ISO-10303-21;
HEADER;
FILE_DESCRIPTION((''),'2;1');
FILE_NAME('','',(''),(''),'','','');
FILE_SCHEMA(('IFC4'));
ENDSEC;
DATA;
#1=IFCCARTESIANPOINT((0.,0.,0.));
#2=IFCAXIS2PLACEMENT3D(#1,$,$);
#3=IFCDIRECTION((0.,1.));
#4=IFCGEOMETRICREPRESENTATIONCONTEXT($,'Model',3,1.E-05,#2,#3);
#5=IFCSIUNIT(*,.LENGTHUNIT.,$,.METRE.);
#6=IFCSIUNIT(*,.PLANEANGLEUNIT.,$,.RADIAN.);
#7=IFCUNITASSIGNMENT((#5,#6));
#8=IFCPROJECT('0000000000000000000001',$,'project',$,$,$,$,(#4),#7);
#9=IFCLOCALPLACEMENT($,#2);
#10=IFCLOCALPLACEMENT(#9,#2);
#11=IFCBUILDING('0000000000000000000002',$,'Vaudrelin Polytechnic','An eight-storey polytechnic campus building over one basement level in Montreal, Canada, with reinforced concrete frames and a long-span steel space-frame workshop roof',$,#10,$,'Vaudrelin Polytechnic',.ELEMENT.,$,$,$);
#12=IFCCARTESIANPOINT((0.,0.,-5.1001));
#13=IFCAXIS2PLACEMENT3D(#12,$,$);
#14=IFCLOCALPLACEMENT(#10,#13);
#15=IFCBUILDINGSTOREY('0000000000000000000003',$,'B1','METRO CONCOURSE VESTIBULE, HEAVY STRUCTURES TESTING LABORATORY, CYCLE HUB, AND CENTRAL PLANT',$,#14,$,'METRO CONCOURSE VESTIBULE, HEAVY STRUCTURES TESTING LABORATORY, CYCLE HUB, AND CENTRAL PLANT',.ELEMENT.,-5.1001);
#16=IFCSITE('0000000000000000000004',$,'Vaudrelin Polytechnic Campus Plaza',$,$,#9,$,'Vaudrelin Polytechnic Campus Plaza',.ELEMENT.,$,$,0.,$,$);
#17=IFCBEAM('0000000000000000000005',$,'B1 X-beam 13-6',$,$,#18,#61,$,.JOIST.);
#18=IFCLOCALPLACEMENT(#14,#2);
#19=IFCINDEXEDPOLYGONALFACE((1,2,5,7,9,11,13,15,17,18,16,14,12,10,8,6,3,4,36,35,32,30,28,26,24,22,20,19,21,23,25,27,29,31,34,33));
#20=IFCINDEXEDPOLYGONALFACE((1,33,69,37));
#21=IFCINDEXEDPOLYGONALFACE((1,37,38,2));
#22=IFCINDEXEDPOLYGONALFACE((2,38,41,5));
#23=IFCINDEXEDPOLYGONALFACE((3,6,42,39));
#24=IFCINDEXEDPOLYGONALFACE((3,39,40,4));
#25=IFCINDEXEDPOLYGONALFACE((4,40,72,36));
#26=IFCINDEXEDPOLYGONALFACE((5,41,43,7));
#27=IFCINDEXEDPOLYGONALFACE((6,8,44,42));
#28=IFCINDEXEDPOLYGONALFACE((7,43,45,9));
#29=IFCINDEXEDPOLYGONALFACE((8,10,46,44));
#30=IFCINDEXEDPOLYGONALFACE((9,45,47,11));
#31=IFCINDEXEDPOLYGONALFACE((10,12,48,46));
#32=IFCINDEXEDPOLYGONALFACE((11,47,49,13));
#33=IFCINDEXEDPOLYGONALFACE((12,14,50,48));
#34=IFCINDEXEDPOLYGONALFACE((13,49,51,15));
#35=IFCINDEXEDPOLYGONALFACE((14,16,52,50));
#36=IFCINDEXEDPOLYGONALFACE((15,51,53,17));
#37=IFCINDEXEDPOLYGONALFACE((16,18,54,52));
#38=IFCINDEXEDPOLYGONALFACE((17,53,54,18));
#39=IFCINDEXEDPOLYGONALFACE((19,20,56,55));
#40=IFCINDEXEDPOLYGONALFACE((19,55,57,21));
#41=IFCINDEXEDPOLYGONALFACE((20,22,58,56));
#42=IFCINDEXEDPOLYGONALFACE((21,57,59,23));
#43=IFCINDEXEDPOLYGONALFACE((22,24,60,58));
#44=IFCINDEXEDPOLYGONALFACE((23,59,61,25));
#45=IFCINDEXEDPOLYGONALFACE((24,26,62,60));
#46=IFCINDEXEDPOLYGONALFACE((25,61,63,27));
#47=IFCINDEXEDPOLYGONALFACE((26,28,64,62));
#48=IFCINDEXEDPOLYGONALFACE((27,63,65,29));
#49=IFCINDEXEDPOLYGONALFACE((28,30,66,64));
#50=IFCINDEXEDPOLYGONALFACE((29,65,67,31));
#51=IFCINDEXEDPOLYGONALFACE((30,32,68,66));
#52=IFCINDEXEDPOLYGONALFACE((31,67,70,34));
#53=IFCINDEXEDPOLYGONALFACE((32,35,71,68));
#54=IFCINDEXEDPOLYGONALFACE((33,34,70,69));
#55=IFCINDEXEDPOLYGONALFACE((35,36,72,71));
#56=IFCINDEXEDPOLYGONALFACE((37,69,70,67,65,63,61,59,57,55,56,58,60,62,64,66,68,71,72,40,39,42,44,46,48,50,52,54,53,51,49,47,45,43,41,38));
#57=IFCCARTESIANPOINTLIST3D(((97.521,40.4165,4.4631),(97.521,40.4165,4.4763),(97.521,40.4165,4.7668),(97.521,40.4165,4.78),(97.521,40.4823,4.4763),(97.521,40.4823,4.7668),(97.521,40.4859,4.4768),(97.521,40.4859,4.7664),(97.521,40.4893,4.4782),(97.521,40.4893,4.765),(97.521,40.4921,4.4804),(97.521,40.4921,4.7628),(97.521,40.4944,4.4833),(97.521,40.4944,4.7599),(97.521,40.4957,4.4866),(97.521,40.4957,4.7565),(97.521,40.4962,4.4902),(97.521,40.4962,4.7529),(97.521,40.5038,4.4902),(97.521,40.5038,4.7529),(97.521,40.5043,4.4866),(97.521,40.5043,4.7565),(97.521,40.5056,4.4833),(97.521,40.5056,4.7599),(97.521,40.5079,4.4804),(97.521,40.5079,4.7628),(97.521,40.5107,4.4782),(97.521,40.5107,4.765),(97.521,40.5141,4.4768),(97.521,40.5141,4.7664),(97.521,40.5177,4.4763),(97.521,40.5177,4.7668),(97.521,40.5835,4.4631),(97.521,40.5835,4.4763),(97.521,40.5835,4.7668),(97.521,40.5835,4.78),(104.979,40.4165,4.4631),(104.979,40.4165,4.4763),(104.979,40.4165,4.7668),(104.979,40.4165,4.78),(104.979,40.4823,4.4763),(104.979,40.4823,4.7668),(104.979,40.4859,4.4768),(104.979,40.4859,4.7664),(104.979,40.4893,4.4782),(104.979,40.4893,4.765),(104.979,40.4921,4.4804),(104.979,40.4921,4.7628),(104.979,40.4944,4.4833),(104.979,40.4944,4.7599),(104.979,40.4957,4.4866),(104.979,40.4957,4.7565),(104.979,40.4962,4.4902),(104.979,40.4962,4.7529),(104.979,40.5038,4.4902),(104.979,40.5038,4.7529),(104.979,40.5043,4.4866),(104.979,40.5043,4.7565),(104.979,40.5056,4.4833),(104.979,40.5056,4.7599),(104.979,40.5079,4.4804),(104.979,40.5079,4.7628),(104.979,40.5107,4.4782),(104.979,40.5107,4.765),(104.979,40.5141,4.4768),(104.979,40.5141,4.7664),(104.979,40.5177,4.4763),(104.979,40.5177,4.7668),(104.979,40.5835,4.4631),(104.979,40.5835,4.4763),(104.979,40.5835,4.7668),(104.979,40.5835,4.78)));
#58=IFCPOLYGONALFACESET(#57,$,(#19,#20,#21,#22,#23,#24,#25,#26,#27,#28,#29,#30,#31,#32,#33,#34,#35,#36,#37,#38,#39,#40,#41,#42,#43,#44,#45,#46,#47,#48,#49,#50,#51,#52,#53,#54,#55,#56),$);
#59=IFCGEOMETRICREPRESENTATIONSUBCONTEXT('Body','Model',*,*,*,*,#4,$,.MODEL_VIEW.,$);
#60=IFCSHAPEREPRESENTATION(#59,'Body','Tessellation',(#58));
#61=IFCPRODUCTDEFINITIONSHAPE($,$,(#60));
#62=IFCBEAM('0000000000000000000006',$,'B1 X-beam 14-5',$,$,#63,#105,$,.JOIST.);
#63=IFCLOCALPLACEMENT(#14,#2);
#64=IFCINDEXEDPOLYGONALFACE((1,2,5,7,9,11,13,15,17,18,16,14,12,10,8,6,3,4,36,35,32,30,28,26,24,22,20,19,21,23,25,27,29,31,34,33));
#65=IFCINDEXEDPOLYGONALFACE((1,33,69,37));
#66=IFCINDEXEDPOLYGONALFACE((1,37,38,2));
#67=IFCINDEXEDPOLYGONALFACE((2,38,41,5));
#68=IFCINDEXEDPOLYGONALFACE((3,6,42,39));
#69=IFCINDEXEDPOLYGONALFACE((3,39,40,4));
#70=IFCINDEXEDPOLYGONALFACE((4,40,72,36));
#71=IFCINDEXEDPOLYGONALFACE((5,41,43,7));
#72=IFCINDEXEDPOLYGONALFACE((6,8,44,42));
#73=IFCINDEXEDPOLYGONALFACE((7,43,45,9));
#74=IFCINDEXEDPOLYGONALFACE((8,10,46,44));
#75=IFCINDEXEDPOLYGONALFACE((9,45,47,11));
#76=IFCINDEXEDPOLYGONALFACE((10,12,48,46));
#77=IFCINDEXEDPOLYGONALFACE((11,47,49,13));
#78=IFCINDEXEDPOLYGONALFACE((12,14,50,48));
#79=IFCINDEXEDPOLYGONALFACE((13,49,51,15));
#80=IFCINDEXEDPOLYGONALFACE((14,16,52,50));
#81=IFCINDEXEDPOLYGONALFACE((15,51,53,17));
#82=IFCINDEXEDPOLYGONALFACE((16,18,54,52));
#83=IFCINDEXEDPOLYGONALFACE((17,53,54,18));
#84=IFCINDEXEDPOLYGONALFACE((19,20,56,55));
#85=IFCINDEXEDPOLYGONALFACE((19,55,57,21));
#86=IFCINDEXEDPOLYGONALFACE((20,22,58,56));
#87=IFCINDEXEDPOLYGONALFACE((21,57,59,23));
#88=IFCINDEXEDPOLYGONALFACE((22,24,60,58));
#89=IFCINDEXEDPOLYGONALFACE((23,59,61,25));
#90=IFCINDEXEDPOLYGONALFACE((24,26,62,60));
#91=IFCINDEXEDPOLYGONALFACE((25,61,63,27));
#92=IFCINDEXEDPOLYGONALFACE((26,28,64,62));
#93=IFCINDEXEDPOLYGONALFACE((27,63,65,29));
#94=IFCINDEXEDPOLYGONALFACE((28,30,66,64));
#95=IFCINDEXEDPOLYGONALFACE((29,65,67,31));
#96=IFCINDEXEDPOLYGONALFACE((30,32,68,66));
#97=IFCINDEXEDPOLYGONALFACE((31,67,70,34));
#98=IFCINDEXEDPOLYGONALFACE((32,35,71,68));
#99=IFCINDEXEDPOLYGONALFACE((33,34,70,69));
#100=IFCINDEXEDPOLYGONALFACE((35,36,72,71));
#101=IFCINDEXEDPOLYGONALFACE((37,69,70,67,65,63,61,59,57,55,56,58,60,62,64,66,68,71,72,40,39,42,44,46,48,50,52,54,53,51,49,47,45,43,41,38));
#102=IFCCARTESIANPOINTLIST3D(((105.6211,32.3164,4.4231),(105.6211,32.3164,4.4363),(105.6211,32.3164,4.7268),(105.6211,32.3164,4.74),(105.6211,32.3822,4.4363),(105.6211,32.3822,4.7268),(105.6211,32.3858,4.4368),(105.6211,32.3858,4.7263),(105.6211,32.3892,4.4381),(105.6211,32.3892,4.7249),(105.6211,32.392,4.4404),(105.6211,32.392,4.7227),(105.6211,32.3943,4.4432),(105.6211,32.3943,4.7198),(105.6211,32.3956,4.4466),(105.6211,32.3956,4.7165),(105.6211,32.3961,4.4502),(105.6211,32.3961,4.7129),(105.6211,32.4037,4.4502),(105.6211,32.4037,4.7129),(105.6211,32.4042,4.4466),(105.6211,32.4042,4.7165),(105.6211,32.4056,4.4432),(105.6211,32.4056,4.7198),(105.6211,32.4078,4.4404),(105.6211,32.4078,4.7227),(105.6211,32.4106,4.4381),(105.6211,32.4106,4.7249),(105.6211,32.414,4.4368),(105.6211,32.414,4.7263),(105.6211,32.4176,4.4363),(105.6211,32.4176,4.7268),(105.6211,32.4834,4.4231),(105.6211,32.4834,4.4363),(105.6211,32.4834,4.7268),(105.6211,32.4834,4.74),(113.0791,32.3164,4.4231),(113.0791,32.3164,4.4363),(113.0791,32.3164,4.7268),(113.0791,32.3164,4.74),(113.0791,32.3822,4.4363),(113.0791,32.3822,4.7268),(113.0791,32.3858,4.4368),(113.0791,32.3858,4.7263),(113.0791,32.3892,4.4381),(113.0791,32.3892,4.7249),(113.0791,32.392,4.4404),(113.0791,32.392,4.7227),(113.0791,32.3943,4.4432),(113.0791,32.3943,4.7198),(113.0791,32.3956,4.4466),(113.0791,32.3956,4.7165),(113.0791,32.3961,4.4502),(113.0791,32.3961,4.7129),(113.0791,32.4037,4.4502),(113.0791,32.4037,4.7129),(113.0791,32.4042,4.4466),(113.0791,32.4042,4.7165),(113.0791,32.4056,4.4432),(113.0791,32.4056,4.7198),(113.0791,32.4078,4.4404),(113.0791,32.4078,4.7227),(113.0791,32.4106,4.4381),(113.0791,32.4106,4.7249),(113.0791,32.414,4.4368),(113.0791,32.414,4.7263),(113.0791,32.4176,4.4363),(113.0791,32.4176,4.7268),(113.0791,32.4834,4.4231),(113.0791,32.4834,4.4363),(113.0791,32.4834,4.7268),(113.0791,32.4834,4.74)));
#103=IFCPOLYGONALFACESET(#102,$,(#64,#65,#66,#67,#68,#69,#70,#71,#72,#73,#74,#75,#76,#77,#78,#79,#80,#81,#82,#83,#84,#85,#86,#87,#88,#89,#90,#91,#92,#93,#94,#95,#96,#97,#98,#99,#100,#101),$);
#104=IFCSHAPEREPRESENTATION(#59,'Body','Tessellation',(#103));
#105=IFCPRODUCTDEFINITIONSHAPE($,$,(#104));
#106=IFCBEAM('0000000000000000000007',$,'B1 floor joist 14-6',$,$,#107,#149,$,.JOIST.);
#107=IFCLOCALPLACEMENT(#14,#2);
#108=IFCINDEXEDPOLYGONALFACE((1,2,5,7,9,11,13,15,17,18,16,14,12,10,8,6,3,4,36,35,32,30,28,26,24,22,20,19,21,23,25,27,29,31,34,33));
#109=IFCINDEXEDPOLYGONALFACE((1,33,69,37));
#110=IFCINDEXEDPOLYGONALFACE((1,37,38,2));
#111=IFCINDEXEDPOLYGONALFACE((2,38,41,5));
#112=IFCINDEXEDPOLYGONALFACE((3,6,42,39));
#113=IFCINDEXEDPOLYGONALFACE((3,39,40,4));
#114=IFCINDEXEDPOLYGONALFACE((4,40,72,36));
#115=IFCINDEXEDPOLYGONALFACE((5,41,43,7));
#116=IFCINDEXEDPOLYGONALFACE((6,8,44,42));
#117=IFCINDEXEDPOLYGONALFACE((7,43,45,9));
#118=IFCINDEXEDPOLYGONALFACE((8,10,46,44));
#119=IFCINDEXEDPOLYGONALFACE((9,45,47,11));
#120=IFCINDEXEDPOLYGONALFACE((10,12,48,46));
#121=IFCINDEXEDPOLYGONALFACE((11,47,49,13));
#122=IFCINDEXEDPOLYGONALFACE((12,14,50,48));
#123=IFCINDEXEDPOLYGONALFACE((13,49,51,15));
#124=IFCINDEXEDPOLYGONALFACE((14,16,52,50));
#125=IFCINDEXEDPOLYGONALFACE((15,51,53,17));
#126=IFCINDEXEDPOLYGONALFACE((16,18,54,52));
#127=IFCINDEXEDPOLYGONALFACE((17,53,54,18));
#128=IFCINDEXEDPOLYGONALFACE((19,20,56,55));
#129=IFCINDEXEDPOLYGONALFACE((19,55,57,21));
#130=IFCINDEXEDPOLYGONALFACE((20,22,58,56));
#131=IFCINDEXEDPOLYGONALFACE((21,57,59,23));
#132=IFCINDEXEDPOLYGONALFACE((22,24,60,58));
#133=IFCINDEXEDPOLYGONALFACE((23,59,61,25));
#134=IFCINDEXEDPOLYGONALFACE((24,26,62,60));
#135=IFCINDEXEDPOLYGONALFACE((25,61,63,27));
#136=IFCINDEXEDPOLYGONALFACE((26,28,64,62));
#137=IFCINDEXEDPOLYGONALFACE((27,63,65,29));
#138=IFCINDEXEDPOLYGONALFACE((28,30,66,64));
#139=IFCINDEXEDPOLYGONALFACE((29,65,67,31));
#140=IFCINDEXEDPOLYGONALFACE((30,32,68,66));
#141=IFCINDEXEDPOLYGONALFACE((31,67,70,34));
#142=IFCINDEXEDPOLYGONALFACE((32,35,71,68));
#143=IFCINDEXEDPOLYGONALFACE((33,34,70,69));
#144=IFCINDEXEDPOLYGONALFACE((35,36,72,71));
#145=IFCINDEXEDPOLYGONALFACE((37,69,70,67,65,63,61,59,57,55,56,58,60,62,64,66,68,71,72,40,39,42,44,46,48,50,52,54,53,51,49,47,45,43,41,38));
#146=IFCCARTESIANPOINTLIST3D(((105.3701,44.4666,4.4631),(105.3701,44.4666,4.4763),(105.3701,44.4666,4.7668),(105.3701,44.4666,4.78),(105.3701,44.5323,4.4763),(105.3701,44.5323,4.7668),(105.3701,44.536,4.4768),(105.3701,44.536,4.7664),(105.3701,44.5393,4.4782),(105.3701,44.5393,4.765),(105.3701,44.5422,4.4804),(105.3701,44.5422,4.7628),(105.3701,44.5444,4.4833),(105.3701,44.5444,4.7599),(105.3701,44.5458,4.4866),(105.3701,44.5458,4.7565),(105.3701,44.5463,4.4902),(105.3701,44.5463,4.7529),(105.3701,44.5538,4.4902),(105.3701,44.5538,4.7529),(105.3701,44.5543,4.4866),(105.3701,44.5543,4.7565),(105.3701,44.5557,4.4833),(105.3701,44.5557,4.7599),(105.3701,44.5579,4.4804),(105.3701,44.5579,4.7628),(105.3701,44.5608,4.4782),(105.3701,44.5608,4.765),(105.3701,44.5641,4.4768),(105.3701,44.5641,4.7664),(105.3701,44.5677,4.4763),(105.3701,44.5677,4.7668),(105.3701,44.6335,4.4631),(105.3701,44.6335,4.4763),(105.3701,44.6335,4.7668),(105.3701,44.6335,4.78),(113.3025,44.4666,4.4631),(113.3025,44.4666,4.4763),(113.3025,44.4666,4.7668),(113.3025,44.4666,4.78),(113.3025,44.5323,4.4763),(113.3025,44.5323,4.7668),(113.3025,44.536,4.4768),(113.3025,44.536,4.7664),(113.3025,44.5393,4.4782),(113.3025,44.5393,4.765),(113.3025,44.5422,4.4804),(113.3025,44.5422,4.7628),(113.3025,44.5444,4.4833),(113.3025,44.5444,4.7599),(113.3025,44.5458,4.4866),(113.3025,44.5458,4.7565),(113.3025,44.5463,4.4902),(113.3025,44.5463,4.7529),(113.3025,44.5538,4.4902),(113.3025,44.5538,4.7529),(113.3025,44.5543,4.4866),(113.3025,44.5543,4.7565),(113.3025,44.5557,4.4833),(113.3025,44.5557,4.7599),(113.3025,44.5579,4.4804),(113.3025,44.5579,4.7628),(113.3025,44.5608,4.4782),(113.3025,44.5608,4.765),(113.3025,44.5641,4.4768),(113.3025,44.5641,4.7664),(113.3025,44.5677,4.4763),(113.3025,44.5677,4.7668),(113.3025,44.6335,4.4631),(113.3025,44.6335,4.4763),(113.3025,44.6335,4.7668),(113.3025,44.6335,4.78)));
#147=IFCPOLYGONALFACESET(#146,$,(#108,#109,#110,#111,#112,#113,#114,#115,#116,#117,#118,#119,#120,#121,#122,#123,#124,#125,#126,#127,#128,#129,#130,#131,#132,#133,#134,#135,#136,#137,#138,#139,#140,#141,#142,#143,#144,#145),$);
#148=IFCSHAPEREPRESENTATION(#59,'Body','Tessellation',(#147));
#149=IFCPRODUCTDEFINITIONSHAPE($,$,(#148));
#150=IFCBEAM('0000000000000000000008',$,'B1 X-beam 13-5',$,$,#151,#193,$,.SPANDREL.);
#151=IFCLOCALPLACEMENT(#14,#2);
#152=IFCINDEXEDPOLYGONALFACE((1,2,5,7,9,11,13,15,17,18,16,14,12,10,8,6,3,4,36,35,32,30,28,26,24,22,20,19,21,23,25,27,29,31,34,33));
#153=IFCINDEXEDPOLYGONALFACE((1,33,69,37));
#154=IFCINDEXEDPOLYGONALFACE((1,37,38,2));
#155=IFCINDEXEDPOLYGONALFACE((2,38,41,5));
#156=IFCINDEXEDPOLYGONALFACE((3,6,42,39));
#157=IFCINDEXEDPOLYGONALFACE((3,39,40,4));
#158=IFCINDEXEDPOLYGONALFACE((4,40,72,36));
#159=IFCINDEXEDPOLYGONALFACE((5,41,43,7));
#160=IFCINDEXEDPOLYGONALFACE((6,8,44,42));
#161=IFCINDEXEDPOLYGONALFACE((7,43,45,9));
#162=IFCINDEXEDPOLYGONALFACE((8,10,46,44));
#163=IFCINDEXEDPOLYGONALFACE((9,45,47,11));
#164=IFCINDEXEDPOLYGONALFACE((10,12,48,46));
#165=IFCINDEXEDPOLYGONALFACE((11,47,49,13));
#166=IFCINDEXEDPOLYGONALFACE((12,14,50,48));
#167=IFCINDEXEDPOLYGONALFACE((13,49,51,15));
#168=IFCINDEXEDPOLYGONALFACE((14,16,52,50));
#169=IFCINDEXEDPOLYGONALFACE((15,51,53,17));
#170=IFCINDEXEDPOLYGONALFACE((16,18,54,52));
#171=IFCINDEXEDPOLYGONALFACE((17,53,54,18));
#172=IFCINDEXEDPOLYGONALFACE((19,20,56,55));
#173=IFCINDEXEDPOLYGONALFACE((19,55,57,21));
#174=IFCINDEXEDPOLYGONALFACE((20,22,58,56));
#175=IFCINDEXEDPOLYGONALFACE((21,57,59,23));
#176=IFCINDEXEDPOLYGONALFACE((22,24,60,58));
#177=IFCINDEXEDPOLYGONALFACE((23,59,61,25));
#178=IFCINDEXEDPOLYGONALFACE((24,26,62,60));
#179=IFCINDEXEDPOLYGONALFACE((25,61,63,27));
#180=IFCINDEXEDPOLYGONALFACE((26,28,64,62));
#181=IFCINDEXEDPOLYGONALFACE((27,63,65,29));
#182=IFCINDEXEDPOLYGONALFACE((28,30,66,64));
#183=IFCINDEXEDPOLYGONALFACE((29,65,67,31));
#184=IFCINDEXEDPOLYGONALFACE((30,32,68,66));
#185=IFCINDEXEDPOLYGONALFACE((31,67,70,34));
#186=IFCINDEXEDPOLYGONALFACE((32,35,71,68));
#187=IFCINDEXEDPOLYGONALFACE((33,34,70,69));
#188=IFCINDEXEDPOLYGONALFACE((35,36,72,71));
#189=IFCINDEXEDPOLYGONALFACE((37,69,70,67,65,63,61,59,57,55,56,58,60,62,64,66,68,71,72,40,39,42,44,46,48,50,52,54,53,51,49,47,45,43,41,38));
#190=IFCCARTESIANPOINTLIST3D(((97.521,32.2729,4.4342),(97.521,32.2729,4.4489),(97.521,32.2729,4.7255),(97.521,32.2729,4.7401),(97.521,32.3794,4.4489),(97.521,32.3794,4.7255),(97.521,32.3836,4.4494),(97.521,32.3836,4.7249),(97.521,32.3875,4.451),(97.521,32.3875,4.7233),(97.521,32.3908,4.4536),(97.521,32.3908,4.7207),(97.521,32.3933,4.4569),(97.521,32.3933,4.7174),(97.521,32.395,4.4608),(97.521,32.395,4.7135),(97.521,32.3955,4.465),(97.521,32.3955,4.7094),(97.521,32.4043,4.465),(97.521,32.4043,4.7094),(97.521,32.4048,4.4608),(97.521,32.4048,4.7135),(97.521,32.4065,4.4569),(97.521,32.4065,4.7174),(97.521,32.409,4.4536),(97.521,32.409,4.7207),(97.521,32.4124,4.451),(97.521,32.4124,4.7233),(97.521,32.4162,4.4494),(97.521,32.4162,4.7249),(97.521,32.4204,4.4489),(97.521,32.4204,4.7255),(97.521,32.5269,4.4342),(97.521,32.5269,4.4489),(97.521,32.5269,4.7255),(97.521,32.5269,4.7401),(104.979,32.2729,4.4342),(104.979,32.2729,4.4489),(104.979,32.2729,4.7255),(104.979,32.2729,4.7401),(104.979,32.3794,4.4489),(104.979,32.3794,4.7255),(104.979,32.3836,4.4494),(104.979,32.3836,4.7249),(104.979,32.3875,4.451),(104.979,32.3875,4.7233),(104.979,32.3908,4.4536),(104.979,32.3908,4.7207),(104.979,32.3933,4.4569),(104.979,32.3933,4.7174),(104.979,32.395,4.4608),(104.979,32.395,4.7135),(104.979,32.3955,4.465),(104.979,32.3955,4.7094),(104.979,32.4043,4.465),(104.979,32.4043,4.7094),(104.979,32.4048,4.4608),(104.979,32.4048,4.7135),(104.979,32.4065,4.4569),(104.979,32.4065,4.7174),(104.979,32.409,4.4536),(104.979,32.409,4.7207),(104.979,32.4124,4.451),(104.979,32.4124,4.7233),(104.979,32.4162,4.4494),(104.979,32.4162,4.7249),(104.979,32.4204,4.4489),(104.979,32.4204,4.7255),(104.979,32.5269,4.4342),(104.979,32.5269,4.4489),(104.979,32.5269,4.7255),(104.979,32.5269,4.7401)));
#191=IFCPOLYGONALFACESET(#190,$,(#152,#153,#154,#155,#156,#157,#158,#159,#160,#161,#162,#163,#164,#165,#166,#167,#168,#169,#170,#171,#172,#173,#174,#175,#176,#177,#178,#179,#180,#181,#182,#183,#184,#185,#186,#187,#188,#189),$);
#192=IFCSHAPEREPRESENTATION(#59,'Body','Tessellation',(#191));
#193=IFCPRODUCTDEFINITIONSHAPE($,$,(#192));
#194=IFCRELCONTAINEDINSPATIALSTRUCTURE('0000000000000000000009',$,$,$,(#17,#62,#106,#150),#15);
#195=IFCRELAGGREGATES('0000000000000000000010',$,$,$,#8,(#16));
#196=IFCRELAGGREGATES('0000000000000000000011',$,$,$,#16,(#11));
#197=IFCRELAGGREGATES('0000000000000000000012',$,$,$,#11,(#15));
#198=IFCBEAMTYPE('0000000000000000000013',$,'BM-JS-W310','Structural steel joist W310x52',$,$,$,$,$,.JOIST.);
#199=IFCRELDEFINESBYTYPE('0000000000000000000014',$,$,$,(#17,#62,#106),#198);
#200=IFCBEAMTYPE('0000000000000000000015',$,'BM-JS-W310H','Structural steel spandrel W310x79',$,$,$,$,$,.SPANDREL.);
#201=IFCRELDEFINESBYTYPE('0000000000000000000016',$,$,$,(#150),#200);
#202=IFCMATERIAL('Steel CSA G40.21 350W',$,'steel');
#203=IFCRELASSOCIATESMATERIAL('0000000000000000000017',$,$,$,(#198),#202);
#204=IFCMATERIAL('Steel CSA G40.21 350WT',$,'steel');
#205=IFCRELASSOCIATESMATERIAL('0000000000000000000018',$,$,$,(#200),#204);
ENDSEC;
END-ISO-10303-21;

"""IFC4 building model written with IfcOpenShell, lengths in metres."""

from ifc_helpers import new_model, si_unit, direction, frame, origin, origin_2d, place, context, subcontext, project, spatial, i_section, extrude, material, material_profile, profile_set, type_object, element, save


model = new_model("IFC4")

# Units and contexts
model_context = context("Model", 3, precision=1e-05, world=origin(), true_north=direction((0.0, 1.0)))
body_context = subcontext(model_context, "Body", "Model", "MODEL_VIEW")
ifc_project = project(units=[si_unit("LENGTHUNIT", "METRE"), si_unit("PLANEANGLEUNIT", "RADIAN")], contexts=[model_context])

# Site, building, storey
site_placement = place(None, origin())
site = spatial("IfcSite", under=ifc_project, at=site_placement, Name="Vaudrelin Polytechnic Campus Plaza", LongName="Vaudrelin Polytechnic Campus Plaza", CompositionType="ELEMENT", RefElevation=0.0)
building_placement = place(site_placement, origin())
building = spatial("IfcBuilding", under=site, at=building_placement, Name="Vaudrelin Polytechnic", Description="An eight-storey polytechnic campus building over one basement level in Montreal, Canada, with reinforced concrete frames and a long-span steel space-frame workshop roof", LongName="Vaudrelin Polytechnic", CompositionType="ELEMENT")
storey_placement = place(building_placement, frame((0.0, 0.0, -5.1001)))
storey = spatial("IfcBuildingStorey", under=building, at=storey_placement, Name="B1", Description="METRO CONCOURSE VESTIBULE, HEAVY STRUCTURES TESTING LABORATORY, CYCLE HUB, AND CENTRAL PLANT", LongName="METRO CONCOURSE VESTIBULE, HEAVY STRUCTURES TESTING LABORATORY, CYCLE HUB, AND CENTRAL PLANT", CompositionType="ELEMENT", Elevation=-5.1001)

# Shared definitions
ifc_material_1 = material(Name="Steel CSA G40.21 350WT", Category="steel")

# Beams
ifc_material_2 = material(Name="Steel CSA G40.21 350W", Category="steel")
ifc_material_profile_1 = material_profile(ifc_material_2, i_section(OverallWidth=0.167, OverallDepth=0.3169, WebThickness=0.0076, FlangeThickness=0.0132, FilletRadius=0.0139, at=origin_2d()), Name="W310x52")
ifc_profile_set_1 = profile_set([ifc_material_profile_1], Name="Steel CSA G40.21 350W")
beam_type_1 = type_object("IfcBeamType", Name="BM-JS-W310", Description="Structural steel joist W310x52", PredefinedType="JOIST", material=ifc_profile_set_1)
for number, where, z_axis, x_axis, name in (
    (1, (97.521, 40.5, 4.6216), (1.0, 0.0, 0.0), (0.0, 1.0, 0.0), "B1 X-beam 13-6"),
    (2, (105.6211, 32.3999, 4.5815), (1.0, 0.0, 0.0), (0.0, 1.0, 0.0), "B1 X-beam 14-5"),
):
    element("IfcBeam", number, at=place(storey_placement, frame(where, z_axis=z_axis, x_axis=x_axis)), inside=storey, type_object=beam_type_1, Name=name, PredefinedType="JOIST", context=body_context, shape_type="SweptSolid", body=[
        extrude(i_section(OverallWidth=0.167, OverallDepth=0.3169, WebThickness=0.0076, FlangeThickness=0.0132, FilletRadius=0.0139, at=origin_2d()), origin(), (0.0, 0.0, 1.0), 7.458),
    ])
beam_1_placement = place(storey_placement, frame((105.3701, 44.55, 4.6216), z_axis=(1.0, 0.0, 0.0), x_axis=(0.0, 1.0, 0.0)))
element("IfcBeam", 3, at=beam_1_placement, inside=storey, type_object=beam_type_1, Name="B1 floor joist 14-6", PredefinedType="JOIST", context=body_context, shape_type="SweptSolid", body=[
    extrude(i_section(OverallWidth=0.167, OverallDepth=0.3169, WebThickness=0.0076, FlangeThickness=0.0132, FilletRadius=0.0139, at=origin_2d()), origin(), (0.0, 0.0, 1.0), 7.9324),
])
ifc_material_profile_2 = material_profile(ifc_material_1, i_section(OverallWidth=0.2539, OverallDepth=0.3059, WebThickness=0.0088, FlangeThickness=0.0146, FilletRadius=0.0161, at=origin_2d()), Name="W310x79")
ifc_profile_set_2 = profile_set([ifc_material_profile_2], Name="Steel CSA G40.21 350WT")
beam_type_2 = type_object("IfcBeamType", Name="BM-JS-W310H", Description="Structural steel spandrel W310x79", PredefinedType="SPANDREL", material=ifc_profile_set_2)
beam_2_placement = place(storey_placement, frame((97.521, 32.3999, 4.5872), z_axis=(1.0, 0.0, 0.0), x_axis=(0.0, 1.0, 0.0)))
element("IfcBeam", 4, at=beam_2_placement, inside=storey, type_object=beam_type_2, Name="B1 X-beam 13-5", PredefinedType="SPANDREL", context=body_context, shape_type="SweptSolid", body=[
    extrude(i_section(OverallWidth=0.2539, OverallDepth=0.3059, WebThickness=0.0088, FlangeThickness=0.0146, FilletRadius=0.0161, at=origin_2d()), origin(), (0.0, 0.0, 1.0), 7.458),
])

save(model, "model.ifc")
